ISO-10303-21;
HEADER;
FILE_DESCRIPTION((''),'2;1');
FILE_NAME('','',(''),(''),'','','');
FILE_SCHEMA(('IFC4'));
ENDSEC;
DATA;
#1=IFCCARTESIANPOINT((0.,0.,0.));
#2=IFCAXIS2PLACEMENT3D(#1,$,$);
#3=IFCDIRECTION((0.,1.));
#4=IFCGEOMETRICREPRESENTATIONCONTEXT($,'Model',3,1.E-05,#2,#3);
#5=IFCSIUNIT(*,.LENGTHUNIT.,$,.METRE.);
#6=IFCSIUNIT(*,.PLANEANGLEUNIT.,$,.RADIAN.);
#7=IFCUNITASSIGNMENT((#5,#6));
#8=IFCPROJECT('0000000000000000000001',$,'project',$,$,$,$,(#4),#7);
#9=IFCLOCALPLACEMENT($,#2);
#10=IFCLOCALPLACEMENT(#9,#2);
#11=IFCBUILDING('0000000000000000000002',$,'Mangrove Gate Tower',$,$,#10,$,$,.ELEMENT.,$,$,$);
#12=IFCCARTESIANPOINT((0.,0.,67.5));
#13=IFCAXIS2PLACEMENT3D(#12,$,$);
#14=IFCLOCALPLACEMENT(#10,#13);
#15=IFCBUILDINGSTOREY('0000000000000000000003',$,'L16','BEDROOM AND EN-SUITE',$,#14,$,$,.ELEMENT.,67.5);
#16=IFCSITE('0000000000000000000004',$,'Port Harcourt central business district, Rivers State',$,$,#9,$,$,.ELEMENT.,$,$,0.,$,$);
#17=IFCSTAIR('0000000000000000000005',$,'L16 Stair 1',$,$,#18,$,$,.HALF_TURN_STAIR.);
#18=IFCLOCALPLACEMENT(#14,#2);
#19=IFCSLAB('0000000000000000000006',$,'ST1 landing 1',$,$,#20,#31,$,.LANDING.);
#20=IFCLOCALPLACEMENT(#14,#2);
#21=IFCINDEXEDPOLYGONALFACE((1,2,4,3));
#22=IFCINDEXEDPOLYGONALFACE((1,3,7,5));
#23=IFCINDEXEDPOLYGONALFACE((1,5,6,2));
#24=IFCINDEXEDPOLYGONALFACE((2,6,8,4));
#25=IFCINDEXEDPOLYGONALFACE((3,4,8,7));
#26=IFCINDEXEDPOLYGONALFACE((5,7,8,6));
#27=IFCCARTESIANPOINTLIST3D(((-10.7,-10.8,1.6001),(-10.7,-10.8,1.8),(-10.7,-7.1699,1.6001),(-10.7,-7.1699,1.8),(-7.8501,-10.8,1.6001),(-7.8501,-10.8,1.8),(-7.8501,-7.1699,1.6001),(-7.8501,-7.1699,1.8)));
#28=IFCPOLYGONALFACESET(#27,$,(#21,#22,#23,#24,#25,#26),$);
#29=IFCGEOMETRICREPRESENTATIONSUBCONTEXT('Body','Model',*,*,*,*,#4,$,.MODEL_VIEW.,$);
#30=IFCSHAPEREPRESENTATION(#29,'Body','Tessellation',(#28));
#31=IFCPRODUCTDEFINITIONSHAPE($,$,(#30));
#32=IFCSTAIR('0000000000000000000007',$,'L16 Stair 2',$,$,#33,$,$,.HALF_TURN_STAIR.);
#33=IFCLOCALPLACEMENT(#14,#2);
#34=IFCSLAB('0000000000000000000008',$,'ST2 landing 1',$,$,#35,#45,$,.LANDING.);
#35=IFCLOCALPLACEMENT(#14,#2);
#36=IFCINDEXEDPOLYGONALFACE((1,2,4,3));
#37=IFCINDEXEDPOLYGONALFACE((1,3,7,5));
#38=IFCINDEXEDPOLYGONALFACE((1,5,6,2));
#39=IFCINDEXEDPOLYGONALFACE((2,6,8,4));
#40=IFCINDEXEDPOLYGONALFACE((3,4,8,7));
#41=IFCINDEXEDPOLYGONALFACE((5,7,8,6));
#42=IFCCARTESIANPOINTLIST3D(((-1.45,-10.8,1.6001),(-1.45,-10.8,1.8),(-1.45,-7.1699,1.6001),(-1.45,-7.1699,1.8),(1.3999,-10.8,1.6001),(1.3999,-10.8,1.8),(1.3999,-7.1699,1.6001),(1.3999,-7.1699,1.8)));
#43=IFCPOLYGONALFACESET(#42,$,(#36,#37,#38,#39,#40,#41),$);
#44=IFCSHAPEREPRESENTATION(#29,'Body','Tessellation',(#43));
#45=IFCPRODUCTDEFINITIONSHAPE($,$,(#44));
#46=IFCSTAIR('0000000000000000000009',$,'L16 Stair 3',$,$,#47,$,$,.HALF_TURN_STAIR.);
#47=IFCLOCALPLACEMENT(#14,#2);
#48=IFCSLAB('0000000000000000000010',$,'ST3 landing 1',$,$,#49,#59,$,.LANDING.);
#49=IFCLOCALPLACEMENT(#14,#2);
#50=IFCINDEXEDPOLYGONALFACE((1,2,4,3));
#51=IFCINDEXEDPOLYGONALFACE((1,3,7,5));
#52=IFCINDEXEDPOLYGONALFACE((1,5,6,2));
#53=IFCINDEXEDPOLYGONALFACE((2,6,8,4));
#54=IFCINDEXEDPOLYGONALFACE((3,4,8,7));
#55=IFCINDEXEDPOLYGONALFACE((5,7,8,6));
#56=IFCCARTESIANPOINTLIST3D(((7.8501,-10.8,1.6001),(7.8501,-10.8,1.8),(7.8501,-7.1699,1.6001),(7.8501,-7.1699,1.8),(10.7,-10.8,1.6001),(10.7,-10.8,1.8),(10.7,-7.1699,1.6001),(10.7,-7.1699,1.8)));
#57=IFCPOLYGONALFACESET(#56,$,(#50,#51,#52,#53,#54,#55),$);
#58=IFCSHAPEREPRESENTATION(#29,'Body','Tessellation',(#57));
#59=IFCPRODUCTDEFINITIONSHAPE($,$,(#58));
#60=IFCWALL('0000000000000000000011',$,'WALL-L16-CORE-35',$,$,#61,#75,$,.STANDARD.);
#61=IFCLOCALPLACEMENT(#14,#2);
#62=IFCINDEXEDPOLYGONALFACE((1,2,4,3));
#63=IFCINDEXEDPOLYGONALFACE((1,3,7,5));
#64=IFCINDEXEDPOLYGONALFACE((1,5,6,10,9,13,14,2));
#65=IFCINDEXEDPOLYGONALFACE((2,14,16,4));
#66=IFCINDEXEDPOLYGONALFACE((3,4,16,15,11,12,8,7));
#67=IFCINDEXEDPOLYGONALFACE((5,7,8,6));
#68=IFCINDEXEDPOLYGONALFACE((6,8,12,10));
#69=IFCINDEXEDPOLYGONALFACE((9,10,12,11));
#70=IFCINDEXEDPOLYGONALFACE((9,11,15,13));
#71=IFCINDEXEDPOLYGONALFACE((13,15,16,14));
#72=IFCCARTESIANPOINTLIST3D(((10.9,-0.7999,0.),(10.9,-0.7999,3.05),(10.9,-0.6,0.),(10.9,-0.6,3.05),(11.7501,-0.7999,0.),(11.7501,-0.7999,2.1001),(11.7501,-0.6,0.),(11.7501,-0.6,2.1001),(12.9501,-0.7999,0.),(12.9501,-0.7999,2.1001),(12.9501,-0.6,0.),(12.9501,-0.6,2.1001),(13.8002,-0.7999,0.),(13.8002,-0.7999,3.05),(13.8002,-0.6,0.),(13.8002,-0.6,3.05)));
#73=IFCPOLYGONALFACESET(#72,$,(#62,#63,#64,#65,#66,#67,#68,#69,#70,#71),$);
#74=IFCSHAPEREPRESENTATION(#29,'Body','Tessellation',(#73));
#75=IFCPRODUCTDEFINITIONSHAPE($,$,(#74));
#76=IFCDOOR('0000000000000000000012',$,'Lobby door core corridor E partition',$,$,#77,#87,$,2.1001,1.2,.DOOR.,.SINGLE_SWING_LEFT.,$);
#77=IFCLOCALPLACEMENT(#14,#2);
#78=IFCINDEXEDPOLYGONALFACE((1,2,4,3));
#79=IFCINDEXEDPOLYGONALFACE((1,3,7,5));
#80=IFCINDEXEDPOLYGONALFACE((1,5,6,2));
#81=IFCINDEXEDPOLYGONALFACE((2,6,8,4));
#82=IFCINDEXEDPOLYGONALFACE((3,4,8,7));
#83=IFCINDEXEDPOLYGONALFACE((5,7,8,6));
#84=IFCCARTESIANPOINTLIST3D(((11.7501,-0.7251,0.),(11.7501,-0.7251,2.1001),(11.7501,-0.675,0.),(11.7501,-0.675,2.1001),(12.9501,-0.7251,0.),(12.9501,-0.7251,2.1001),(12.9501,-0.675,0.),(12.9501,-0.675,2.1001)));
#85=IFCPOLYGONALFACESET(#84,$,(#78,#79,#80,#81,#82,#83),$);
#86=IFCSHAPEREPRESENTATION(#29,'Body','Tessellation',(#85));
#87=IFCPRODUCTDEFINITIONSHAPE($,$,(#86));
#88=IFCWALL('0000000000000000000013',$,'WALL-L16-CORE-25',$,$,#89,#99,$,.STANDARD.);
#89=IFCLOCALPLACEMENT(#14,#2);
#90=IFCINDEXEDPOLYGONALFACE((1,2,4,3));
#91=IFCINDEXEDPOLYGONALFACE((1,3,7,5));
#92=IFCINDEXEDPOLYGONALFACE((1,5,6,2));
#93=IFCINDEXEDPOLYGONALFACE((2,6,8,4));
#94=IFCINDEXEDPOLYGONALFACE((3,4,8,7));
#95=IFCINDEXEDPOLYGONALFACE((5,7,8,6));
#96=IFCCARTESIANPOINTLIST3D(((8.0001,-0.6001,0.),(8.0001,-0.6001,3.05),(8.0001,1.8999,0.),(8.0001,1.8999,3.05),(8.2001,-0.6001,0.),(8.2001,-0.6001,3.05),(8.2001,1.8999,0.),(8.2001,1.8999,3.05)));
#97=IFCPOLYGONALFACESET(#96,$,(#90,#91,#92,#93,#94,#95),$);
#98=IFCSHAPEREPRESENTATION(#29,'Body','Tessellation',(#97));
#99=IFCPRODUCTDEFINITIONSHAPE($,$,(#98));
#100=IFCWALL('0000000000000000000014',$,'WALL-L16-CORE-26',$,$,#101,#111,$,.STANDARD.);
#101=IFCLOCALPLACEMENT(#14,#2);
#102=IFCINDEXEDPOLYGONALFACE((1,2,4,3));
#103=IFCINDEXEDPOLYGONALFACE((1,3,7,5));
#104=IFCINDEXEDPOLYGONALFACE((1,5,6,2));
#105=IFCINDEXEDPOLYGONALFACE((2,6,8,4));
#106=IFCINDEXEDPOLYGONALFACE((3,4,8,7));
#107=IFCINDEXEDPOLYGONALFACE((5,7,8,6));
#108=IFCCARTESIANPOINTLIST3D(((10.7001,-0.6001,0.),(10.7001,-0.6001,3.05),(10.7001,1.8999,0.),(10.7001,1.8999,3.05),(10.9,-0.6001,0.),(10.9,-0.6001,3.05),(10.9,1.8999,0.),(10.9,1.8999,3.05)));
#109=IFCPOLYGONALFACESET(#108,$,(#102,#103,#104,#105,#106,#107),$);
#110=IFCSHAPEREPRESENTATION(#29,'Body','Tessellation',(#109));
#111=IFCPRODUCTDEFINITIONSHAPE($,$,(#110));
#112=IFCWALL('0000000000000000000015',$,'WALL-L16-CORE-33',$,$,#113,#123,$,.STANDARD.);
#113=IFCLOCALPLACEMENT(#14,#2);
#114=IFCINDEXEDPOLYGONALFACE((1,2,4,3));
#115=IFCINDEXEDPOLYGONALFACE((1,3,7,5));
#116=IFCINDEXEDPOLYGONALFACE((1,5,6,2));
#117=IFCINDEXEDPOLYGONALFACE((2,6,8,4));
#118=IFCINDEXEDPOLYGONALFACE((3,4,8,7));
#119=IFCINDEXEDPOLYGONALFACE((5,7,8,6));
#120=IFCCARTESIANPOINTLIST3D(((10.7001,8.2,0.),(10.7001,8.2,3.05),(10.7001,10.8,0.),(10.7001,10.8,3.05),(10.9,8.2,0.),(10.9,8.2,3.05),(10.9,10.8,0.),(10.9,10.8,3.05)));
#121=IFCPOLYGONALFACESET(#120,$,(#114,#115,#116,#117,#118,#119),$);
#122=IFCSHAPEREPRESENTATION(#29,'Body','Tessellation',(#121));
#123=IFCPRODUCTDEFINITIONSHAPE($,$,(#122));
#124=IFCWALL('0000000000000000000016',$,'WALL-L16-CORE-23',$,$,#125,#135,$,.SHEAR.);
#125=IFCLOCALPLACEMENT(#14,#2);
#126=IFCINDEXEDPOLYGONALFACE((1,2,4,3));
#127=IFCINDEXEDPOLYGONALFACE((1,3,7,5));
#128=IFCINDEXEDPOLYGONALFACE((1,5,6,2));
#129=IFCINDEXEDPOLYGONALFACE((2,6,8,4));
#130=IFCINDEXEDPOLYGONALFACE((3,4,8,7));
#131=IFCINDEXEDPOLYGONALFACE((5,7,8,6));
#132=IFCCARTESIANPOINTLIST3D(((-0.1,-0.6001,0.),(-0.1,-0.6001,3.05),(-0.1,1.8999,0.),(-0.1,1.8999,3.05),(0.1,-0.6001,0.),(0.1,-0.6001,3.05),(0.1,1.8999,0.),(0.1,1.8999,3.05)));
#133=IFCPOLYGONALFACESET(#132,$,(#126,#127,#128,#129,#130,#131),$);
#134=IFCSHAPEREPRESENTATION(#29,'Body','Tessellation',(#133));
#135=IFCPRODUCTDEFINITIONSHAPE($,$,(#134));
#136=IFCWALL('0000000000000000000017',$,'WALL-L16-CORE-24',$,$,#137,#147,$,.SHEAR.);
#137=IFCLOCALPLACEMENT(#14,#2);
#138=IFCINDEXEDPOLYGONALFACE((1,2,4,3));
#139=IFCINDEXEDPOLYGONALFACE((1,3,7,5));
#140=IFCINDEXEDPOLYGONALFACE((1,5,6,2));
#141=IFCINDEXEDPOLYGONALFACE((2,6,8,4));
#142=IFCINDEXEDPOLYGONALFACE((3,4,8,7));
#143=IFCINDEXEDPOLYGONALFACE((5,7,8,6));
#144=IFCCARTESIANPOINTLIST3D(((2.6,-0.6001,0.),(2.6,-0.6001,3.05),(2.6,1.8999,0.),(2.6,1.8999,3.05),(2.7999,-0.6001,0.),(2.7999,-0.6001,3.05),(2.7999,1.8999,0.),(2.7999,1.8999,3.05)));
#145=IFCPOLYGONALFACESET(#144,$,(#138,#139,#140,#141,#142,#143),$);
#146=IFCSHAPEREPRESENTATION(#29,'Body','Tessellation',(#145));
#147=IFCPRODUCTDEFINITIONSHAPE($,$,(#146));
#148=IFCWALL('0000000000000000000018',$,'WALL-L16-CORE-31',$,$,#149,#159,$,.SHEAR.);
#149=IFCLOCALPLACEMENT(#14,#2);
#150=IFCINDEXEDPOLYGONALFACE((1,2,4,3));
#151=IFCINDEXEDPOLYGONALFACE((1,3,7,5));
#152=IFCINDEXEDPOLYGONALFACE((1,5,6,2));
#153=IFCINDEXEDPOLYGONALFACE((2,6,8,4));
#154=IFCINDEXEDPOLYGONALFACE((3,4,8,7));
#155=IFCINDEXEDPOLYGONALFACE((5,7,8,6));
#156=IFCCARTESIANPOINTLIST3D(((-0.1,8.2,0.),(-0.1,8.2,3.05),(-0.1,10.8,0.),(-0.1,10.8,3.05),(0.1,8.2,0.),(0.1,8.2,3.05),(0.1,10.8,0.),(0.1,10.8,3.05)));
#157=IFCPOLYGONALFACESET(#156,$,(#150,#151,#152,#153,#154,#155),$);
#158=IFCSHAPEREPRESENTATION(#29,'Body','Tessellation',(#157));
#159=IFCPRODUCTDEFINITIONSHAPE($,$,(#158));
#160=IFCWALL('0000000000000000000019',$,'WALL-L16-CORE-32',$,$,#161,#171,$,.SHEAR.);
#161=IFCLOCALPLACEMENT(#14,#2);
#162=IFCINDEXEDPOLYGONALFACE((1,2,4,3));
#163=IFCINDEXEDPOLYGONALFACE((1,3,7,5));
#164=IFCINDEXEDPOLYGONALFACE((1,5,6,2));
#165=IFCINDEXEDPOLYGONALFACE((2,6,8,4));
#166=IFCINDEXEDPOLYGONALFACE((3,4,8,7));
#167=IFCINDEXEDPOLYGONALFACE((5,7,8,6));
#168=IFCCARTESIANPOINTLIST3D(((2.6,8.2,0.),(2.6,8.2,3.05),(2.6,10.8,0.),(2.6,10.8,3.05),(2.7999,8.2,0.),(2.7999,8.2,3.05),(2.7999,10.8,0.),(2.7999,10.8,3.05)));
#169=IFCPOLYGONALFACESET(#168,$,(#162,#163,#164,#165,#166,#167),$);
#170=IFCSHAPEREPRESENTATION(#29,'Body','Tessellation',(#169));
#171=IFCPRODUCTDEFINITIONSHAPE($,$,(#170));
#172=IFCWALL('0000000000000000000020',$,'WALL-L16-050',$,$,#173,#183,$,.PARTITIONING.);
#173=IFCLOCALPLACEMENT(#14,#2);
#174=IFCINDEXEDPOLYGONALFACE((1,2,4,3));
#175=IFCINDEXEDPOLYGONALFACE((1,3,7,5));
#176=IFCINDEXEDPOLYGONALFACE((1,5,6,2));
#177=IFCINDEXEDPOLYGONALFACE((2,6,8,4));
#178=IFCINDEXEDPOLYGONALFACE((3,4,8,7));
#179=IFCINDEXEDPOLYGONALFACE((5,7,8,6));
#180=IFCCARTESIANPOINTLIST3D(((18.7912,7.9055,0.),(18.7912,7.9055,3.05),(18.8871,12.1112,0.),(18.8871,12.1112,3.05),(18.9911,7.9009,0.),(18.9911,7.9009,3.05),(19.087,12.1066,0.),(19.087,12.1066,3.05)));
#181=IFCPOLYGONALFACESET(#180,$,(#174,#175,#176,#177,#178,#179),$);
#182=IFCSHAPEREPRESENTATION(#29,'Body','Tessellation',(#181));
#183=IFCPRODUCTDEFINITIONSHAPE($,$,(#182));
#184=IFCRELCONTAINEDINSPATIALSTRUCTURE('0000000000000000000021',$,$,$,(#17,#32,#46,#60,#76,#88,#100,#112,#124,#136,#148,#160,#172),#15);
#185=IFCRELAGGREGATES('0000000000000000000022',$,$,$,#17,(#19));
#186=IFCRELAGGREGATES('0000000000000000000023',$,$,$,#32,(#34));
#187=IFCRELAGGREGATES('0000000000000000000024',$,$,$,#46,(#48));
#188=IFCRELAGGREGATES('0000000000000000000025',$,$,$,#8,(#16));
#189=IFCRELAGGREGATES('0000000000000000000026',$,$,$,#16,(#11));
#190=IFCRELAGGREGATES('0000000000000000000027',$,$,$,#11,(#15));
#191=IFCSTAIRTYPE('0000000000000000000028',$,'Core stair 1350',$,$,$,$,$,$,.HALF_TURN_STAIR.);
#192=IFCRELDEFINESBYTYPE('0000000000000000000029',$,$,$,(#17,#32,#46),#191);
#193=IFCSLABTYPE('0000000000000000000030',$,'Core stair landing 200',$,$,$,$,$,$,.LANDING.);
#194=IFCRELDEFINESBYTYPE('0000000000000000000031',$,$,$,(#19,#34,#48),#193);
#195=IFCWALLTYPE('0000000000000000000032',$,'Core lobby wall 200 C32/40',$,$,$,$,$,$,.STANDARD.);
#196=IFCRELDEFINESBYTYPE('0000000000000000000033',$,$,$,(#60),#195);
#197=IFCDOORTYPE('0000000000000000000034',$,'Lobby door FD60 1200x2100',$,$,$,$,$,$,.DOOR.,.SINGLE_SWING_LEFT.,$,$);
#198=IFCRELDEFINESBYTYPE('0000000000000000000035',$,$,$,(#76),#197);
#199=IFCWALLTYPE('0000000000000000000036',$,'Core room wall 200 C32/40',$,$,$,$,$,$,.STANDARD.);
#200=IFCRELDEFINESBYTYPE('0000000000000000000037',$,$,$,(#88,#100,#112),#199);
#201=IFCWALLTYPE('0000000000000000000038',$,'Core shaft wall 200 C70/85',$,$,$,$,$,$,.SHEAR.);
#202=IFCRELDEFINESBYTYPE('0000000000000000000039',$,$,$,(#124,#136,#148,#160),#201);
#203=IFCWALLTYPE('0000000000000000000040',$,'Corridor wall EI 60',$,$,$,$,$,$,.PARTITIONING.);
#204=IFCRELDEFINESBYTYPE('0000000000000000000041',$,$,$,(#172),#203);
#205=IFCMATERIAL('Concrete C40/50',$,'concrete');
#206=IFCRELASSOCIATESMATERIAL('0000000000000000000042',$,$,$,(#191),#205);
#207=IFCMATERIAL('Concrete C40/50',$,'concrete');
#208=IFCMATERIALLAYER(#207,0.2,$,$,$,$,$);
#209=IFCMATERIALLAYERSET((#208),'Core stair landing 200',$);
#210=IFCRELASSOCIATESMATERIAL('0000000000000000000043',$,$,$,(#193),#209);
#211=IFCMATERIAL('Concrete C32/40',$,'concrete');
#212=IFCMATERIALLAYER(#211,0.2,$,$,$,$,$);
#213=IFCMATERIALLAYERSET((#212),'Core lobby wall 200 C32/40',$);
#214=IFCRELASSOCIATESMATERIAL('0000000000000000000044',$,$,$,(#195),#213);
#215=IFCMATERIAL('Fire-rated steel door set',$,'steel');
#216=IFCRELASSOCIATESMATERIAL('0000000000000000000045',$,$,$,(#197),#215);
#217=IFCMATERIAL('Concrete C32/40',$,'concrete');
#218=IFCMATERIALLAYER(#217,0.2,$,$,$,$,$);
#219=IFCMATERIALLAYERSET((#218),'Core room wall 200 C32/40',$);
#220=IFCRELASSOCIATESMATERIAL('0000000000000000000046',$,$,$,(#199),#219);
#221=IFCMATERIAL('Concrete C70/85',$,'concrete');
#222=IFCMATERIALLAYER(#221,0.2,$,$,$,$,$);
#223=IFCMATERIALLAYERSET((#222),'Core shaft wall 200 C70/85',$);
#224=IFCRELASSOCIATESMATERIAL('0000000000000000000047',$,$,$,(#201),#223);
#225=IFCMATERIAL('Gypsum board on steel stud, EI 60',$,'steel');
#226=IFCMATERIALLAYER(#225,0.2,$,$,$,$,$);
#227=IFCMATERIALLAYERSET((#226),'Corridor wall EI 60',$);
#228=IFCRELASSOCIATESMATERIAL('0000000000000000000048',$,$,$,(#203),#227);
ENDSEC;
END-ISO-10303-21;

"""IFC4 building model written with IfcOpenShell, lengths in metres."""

from ifc_helpers import new_model, si_unit, direction, frame, frame_2d, origin, place, context, subcontext, project, spatial, polyline, rectangle, outline, extrude, material, layer, layer_set, type_object, element, fill, aggregate, save


model = new_model("IFC4")

# Units and contexts
model_context = context("Model", 3, precision=1e-05, world=origin(), true_north=direction((0.0, 1.0)))
body_context = subcontext(model_context, "Body", "Model", "MODEL_VIEW")
ifc_project = project(units=[si_unit("LENGTHUNIT", "METRE"), si_unit("PLANEANGLEUNIT", "RADIAN")], contexts=[model_context])

# Site, building, storey
site_placement = place(None, origin())
site = spatial("IfcSite", under=ifc_project, at=site_placement, Name="Port Harcourt central business district, Rivers State", CompositionType="ELEMENT", RefElevation=0.0)
building_placement = place(site_placement, origin())
building = spatial("IfcBuilding", under=site, at=building_placement, Name="Mangrove Gate Tower", CompositionType="ELEMENT")
storey_placement = place(building_placement, frame((0.0, 0.0, 67.5)))
storey = spatial("IfcBuildingStorey", under=building, at=storey_placement, Name="L16", Description="BEDROOM AND EN-SUITE", CompositionType="ELEMENT", Elevation=67.5)

# Stairs, slabs
ifc_material_1 = material(Name="Concrete C40/50", Category="concrete")
stair_type = type_object("IfcStairType", Name="Core stair 1350", PredefinedType="HALF_TURN_STAIR", material=ifc_material_1)
stair_1_placement = place(storey_placement, origin())
stair_1 = element("IfcStair", 1, at=stair_1_placement, inside=storey, type_object=stair_type, Name="L16 Stair 1", PredefinedType="HALF_TURN_STAIR")
ifc_material_2 = material(Name="Concrete C40/50", Category="concrete")
ifc_layer_1 = layer(ifc_material_2, 0.2)
ifc_layer_set_1 = layer_set([ifc_layer_1], Name="Core stair landing 200")
slab_type_1 = type_object("IfcSlabType", Name="Core stair landing 200", PredefinedType="LANDING", material=ifc_layer_set_1)
slab_1_placement = place(storey_placement, frame((0.0, 0.0, 1.6001)))
slab_1 = element("IfcSlab", 2, at=slab_1_placement, type_object=slab_type_1, Name="ST1 landing 1", PredefinedType="LANDING", context=body_context, shape_type="SweptSolid", body=[
    extrude(outline(polyline([(-10.7, -7.1699), (-10.7, -10.8), (-7.8501, -10.8), (-7.8501, -7.1699), (-10.7, -7.1699)])), origin(), (0.0, 0.0, 1.0), 0.2),
])
aggregate(stair_1, [slab_1])
stair_2_placement = place(storey_placement, origin())
stair_2 = element("IfcStair", 3, at=stair_2_placement, inside=storey, type_object=stair_type, Name="L16 Stair 2", PredefinedType="HALF_TURN_STAIR")
slab_2_placement = place(storey_placement, frame((0.0, 0.0, 1.6001)))
slab_2 = element("IfcSlab", 4, at=slab_2_placement, type_object=slab_type_1, Name="ST2 landing 1", PredefinedType="LANDING", context=body_context, shape_type="SweptSolid", body=[
    extrude(outline(polyline([(-1.45, -7.1699), (-1.45, -10.8), (1.3999, -10.8), (1.3999, -7.1699), (-1.45, -7.1699)])), origin(), (0.0, 0.0, 1.0), 0.2),
])
aggregate(stair_2, [slab_2])
stair_3_placement = place(storey_placement, origin())
stair_3 = element("IfcStair", 5, at=stair_3_placement, inside=storey, type_object=stair_type, Name="L16 Stair 3", PredefinedType="HALF_TURN_STAIR")
slab_3_placement = place(storey_placement, frame((0.0, 0.0, 1.6001)))
slab_3 = element("IfcSlab", 6, at=slab_3_placement, type_object=slab_type_1, Name="ST3 landing 1", PredefinedType="LANDING", context=body_context, shape_type="SweptSolid", body=[
    extrude(outline(polyline([(7.8501, -7.1699), (7.8501, -10.8), (10.7, -10.8), (10.7, -7.1699), (7.8501, -7.1699)])), origin(), (0.0, 0.0, 1.0), 0.2),
])
aggregate(stair_3, [slab_3])

# Wall, opening, door
ifc_material_3 = material(Name="Concrete C32/40", Category="concrete")
ifc_layer_2 = layer(ifc_material_3, 0.2)
ifc_layer_set_2 = layer_set([ifc_layer_2], Name="Core lobby wall 200 C32/40")
wall_type_1 = type_object("IfcWallType", Name="Core lobby wall 200 C32/40", PredefinedType="STANDARD", material=ifc_layer_set_2)
wall_1_placement = place(storey_placement, frame((10.8999, -0.7, 0.0), z_axis=(0.0, 0.0, 1.0), x_axis=(1.0, 0.0, 0.0)))
wall_1 = element("IfcWall", 7, at=wall_1_placement, inside=storey, type_object=wall_type_1, Name="WALL-L16-CORE-35", PredefinedType="STANDARD", context=body_context, shape_type="SweptSolid", body=[
    extrude(rectangle(XDim=2.9001, YDim=0.2, at=frame_2d((1.4502, 0.0))), origin(), (0.0, 0.0, 1.0), 3.05),
])
opening_placement = place(wall_1_placement, frame((0.8501, 0.0, 0.0)))
opening = element("IfcOpeningElement", 8, at=opening_placement, cuts=wall_1, PredefinedType="OPENING", context=body_context, shape_type="SweptSolid", body=[
    extrude(rectangle(XDim=1.2, YDim=2.1001, at=frame_2d((0.6001, 1.05))), frame((0.0, 0.1099, 0.0), z_axis=(0.0, -1.0, 0.0), x_axis=(1.0, 0.0, 0.0)), (0.0, 0.0, 1.0), 0.22),
])
ifc_material_4 = material(Name="Fire-rated steel door set", Category="steel")
door_type = type_object("IfcDoorType", Name="Lobby door FD60 1200x2100", OperationType="SINGLE_SWING_LEFT", PredefinedType="DOOR", material=ifc_material_4)
door_placement = place(opening_placement, origin())
door = element("IfcDoor", 9, at=door_placement, inside=storey, type_object=door_type, Name="Lobby door core corridor E partition", OperationType="SINGLE_SWING_LEFT", OverallHeight=2.1001, OverallWidth=1.2, PredefinedType="DOOR", context=body_context, shape_type="SweptSolid", body=[
    extrude(rectangle(XDim=1.2, YDim=2.1001, at=frame_2d((0.6001, 1.05))), frame((0.0, 0.0249, 0.0), z_axis=(0.0, -1.0, 0.0), x_axis=(1.0, 0.0, 0.0)), (0.0, 0.0, 1.0), 0.05),
])
fill(opening, door)

# Walls
ifc_material_5 = material(Name="Concrete C32/40", Category="concrete")
ifc_layer_3 = layer(ifc_material_5, 0.2)
ifc_layer_set_3 = layer_set([ifc_layer_3], Name="Core room wall 200 C32/40")
wall_type_2 = type_object("IfcWallType", Name="Core room wall 200 C32/40", PredefinedType="STANDARD", material=ifc_layer_set_3)
for number, where, z_axis, x_axis, name in (
    (10, (8.1001, -0.6001, 0.0), (0.0, 0.0, 1.0), (0.0, 1.0, 0.0), "WALL-L16-CORE-25"),
    (11, (10.8, -0.6001, 0.0), (0.0, 0.0, 1.0), (0.0, 1.0, 0.0), "WALL-L16-CORE-26"),
):
    element("IfcWall", number, at=place(storey_placement, frame(where, z_axis=z_axis, x_axis=x_axis)), inside=storey, type_object=wall_type_2, Name=name, PredefinedType="STANDARD", context=body_context, shape_type="SweptSolid", body=[
        extrude(rectangle(XDim=2.5, YDim=0.2, at=frame_2d((1.25, 0.0))), origin(), (0.0, 0.0, 1.0), 3.05),
    ])
wall_2_placement = place(storey_placement, frame((10.8, 8.2, 0.0), z_axis=(0.0, 0.0, 1.0), x_axis=(0.0, 1.0, 0.0)))
element("IfcWall", 12, at=wall_2_placement, inside=storey, type_object=wall_type_2, Name="WALL-L16-CORE-33", PredefinedType="STANDARD", context=body_context, shape_type="SweptSolid", body=[
    extrude(rectangle(XDim=2.6001, YDim=0.2, at=frame_2d((1.3, 0.0))), origin(), (0.0, 0.0, 1.0), 3.05),
])
ifc_material_6 = material(Name="Concrete C70/85", Category="concrete")
ifc_layer_4 = layer(ifc_material_6, 0.2)
ifc_layer_set_4 = layer_set([ifc_layer_4], Name="Core shaft wall 200 C70/85")
wall_type_3 = type_object("IfcWallType", Name="Core shaft wall 200 C70/85", PredefinedType="SHEAR", material=ifc_layer_set_4)
for number, where, z_axis, x_axis, name in (
    (13, (0.0, -0.6001, 0.0), (0.0, 0.0, 1.0), (0.0, 1.0, 0.0), "WALL-L16-CORE-23"),
    (14, (2.7, -0.6001, 0.0), (0.0, 0.0, 1.0), (0.0, 1.0, 0.0), "WALL-L16-CORE-24"),
):
    element("IfcWall", number, at=place(storey_placement, frame(where, z_axis=z_axis, x_axis=x_axis)), inside=storey, type_object=wall_type_3, Name=name, PredefinedType="SHEAR", context=body_context, shape_type="SweptSolid", body=[
        extrude(rectangle(XDim=2.5, YDim=0.2, at=frame_2d((1.25, 0.0))), origin(), (0.0, 0.0, 1.0), 3.05),
    ])
for number, where, z_axis, x_axis, name in (
    (15, (0.0, 8.2, 0.0), (0.0, 0.0, 1.0), (0.0, 1.0, 0.0), "WALL-L16-CORE-31"),
    (16, (2.7, 8.2, 0.0), (0.0, 0.0, 1.0), (0.0, 1.0, 0.0), "WALL-L16-CORE-32"),
):
    element("IfcWall", number, at=place(storey_placement, frame(where, z_axis=z_axis, x_axis=x_axis)), inside=storey, type_object=wall_type_3, Name=name, PredefinedType="SHEAR", context=body_context, shape_type="SweptSolid", body=[
        extrude(rectangle(XDim=2.6001, YDim=0.2, at=frame_2d((1.3, 0.0))), origin(), (0.0, 0.0, 1.0), 3.05),
    ])
ifc_material_7 = material(Name="Gypsum board on steel stud, EI 60", Category="steel")
ifc_layer_5 = layer(ifc_material_7, 0.2)
ifc_layer_set_5 = layer_set([ifc_layer_5], Name="Corridor wall EI 60")
wall_type_4 = type_object("IfcWallType", Name="Corridor wall EI 60", PredefinedType="PARTITIONING", material=ifc_layer_set_5)
wall_3_placement = place(storey_placement, frame((18.8911, 7.9031, 0.0), z_axis=(0.0, 0.0, 1.0), x_axis=(0.022807, 0.99974, 0.0)))
element("IfcWall", 17, at=wall_3_placement, inside=storey, type_object=wall_type_4, Name="WALL-L16-050", PredefinedType="PARTITIONING", context=body_context, shape_type="SweptSolid", body=[
    extrude(rectangle(XDim=4.2068, YDim=0.2, at=frame_2d((2.1035, 0.0))), origin(), (0.0, 0.0, 1.0), 3.05),
])

save(model, "model.ifc")
